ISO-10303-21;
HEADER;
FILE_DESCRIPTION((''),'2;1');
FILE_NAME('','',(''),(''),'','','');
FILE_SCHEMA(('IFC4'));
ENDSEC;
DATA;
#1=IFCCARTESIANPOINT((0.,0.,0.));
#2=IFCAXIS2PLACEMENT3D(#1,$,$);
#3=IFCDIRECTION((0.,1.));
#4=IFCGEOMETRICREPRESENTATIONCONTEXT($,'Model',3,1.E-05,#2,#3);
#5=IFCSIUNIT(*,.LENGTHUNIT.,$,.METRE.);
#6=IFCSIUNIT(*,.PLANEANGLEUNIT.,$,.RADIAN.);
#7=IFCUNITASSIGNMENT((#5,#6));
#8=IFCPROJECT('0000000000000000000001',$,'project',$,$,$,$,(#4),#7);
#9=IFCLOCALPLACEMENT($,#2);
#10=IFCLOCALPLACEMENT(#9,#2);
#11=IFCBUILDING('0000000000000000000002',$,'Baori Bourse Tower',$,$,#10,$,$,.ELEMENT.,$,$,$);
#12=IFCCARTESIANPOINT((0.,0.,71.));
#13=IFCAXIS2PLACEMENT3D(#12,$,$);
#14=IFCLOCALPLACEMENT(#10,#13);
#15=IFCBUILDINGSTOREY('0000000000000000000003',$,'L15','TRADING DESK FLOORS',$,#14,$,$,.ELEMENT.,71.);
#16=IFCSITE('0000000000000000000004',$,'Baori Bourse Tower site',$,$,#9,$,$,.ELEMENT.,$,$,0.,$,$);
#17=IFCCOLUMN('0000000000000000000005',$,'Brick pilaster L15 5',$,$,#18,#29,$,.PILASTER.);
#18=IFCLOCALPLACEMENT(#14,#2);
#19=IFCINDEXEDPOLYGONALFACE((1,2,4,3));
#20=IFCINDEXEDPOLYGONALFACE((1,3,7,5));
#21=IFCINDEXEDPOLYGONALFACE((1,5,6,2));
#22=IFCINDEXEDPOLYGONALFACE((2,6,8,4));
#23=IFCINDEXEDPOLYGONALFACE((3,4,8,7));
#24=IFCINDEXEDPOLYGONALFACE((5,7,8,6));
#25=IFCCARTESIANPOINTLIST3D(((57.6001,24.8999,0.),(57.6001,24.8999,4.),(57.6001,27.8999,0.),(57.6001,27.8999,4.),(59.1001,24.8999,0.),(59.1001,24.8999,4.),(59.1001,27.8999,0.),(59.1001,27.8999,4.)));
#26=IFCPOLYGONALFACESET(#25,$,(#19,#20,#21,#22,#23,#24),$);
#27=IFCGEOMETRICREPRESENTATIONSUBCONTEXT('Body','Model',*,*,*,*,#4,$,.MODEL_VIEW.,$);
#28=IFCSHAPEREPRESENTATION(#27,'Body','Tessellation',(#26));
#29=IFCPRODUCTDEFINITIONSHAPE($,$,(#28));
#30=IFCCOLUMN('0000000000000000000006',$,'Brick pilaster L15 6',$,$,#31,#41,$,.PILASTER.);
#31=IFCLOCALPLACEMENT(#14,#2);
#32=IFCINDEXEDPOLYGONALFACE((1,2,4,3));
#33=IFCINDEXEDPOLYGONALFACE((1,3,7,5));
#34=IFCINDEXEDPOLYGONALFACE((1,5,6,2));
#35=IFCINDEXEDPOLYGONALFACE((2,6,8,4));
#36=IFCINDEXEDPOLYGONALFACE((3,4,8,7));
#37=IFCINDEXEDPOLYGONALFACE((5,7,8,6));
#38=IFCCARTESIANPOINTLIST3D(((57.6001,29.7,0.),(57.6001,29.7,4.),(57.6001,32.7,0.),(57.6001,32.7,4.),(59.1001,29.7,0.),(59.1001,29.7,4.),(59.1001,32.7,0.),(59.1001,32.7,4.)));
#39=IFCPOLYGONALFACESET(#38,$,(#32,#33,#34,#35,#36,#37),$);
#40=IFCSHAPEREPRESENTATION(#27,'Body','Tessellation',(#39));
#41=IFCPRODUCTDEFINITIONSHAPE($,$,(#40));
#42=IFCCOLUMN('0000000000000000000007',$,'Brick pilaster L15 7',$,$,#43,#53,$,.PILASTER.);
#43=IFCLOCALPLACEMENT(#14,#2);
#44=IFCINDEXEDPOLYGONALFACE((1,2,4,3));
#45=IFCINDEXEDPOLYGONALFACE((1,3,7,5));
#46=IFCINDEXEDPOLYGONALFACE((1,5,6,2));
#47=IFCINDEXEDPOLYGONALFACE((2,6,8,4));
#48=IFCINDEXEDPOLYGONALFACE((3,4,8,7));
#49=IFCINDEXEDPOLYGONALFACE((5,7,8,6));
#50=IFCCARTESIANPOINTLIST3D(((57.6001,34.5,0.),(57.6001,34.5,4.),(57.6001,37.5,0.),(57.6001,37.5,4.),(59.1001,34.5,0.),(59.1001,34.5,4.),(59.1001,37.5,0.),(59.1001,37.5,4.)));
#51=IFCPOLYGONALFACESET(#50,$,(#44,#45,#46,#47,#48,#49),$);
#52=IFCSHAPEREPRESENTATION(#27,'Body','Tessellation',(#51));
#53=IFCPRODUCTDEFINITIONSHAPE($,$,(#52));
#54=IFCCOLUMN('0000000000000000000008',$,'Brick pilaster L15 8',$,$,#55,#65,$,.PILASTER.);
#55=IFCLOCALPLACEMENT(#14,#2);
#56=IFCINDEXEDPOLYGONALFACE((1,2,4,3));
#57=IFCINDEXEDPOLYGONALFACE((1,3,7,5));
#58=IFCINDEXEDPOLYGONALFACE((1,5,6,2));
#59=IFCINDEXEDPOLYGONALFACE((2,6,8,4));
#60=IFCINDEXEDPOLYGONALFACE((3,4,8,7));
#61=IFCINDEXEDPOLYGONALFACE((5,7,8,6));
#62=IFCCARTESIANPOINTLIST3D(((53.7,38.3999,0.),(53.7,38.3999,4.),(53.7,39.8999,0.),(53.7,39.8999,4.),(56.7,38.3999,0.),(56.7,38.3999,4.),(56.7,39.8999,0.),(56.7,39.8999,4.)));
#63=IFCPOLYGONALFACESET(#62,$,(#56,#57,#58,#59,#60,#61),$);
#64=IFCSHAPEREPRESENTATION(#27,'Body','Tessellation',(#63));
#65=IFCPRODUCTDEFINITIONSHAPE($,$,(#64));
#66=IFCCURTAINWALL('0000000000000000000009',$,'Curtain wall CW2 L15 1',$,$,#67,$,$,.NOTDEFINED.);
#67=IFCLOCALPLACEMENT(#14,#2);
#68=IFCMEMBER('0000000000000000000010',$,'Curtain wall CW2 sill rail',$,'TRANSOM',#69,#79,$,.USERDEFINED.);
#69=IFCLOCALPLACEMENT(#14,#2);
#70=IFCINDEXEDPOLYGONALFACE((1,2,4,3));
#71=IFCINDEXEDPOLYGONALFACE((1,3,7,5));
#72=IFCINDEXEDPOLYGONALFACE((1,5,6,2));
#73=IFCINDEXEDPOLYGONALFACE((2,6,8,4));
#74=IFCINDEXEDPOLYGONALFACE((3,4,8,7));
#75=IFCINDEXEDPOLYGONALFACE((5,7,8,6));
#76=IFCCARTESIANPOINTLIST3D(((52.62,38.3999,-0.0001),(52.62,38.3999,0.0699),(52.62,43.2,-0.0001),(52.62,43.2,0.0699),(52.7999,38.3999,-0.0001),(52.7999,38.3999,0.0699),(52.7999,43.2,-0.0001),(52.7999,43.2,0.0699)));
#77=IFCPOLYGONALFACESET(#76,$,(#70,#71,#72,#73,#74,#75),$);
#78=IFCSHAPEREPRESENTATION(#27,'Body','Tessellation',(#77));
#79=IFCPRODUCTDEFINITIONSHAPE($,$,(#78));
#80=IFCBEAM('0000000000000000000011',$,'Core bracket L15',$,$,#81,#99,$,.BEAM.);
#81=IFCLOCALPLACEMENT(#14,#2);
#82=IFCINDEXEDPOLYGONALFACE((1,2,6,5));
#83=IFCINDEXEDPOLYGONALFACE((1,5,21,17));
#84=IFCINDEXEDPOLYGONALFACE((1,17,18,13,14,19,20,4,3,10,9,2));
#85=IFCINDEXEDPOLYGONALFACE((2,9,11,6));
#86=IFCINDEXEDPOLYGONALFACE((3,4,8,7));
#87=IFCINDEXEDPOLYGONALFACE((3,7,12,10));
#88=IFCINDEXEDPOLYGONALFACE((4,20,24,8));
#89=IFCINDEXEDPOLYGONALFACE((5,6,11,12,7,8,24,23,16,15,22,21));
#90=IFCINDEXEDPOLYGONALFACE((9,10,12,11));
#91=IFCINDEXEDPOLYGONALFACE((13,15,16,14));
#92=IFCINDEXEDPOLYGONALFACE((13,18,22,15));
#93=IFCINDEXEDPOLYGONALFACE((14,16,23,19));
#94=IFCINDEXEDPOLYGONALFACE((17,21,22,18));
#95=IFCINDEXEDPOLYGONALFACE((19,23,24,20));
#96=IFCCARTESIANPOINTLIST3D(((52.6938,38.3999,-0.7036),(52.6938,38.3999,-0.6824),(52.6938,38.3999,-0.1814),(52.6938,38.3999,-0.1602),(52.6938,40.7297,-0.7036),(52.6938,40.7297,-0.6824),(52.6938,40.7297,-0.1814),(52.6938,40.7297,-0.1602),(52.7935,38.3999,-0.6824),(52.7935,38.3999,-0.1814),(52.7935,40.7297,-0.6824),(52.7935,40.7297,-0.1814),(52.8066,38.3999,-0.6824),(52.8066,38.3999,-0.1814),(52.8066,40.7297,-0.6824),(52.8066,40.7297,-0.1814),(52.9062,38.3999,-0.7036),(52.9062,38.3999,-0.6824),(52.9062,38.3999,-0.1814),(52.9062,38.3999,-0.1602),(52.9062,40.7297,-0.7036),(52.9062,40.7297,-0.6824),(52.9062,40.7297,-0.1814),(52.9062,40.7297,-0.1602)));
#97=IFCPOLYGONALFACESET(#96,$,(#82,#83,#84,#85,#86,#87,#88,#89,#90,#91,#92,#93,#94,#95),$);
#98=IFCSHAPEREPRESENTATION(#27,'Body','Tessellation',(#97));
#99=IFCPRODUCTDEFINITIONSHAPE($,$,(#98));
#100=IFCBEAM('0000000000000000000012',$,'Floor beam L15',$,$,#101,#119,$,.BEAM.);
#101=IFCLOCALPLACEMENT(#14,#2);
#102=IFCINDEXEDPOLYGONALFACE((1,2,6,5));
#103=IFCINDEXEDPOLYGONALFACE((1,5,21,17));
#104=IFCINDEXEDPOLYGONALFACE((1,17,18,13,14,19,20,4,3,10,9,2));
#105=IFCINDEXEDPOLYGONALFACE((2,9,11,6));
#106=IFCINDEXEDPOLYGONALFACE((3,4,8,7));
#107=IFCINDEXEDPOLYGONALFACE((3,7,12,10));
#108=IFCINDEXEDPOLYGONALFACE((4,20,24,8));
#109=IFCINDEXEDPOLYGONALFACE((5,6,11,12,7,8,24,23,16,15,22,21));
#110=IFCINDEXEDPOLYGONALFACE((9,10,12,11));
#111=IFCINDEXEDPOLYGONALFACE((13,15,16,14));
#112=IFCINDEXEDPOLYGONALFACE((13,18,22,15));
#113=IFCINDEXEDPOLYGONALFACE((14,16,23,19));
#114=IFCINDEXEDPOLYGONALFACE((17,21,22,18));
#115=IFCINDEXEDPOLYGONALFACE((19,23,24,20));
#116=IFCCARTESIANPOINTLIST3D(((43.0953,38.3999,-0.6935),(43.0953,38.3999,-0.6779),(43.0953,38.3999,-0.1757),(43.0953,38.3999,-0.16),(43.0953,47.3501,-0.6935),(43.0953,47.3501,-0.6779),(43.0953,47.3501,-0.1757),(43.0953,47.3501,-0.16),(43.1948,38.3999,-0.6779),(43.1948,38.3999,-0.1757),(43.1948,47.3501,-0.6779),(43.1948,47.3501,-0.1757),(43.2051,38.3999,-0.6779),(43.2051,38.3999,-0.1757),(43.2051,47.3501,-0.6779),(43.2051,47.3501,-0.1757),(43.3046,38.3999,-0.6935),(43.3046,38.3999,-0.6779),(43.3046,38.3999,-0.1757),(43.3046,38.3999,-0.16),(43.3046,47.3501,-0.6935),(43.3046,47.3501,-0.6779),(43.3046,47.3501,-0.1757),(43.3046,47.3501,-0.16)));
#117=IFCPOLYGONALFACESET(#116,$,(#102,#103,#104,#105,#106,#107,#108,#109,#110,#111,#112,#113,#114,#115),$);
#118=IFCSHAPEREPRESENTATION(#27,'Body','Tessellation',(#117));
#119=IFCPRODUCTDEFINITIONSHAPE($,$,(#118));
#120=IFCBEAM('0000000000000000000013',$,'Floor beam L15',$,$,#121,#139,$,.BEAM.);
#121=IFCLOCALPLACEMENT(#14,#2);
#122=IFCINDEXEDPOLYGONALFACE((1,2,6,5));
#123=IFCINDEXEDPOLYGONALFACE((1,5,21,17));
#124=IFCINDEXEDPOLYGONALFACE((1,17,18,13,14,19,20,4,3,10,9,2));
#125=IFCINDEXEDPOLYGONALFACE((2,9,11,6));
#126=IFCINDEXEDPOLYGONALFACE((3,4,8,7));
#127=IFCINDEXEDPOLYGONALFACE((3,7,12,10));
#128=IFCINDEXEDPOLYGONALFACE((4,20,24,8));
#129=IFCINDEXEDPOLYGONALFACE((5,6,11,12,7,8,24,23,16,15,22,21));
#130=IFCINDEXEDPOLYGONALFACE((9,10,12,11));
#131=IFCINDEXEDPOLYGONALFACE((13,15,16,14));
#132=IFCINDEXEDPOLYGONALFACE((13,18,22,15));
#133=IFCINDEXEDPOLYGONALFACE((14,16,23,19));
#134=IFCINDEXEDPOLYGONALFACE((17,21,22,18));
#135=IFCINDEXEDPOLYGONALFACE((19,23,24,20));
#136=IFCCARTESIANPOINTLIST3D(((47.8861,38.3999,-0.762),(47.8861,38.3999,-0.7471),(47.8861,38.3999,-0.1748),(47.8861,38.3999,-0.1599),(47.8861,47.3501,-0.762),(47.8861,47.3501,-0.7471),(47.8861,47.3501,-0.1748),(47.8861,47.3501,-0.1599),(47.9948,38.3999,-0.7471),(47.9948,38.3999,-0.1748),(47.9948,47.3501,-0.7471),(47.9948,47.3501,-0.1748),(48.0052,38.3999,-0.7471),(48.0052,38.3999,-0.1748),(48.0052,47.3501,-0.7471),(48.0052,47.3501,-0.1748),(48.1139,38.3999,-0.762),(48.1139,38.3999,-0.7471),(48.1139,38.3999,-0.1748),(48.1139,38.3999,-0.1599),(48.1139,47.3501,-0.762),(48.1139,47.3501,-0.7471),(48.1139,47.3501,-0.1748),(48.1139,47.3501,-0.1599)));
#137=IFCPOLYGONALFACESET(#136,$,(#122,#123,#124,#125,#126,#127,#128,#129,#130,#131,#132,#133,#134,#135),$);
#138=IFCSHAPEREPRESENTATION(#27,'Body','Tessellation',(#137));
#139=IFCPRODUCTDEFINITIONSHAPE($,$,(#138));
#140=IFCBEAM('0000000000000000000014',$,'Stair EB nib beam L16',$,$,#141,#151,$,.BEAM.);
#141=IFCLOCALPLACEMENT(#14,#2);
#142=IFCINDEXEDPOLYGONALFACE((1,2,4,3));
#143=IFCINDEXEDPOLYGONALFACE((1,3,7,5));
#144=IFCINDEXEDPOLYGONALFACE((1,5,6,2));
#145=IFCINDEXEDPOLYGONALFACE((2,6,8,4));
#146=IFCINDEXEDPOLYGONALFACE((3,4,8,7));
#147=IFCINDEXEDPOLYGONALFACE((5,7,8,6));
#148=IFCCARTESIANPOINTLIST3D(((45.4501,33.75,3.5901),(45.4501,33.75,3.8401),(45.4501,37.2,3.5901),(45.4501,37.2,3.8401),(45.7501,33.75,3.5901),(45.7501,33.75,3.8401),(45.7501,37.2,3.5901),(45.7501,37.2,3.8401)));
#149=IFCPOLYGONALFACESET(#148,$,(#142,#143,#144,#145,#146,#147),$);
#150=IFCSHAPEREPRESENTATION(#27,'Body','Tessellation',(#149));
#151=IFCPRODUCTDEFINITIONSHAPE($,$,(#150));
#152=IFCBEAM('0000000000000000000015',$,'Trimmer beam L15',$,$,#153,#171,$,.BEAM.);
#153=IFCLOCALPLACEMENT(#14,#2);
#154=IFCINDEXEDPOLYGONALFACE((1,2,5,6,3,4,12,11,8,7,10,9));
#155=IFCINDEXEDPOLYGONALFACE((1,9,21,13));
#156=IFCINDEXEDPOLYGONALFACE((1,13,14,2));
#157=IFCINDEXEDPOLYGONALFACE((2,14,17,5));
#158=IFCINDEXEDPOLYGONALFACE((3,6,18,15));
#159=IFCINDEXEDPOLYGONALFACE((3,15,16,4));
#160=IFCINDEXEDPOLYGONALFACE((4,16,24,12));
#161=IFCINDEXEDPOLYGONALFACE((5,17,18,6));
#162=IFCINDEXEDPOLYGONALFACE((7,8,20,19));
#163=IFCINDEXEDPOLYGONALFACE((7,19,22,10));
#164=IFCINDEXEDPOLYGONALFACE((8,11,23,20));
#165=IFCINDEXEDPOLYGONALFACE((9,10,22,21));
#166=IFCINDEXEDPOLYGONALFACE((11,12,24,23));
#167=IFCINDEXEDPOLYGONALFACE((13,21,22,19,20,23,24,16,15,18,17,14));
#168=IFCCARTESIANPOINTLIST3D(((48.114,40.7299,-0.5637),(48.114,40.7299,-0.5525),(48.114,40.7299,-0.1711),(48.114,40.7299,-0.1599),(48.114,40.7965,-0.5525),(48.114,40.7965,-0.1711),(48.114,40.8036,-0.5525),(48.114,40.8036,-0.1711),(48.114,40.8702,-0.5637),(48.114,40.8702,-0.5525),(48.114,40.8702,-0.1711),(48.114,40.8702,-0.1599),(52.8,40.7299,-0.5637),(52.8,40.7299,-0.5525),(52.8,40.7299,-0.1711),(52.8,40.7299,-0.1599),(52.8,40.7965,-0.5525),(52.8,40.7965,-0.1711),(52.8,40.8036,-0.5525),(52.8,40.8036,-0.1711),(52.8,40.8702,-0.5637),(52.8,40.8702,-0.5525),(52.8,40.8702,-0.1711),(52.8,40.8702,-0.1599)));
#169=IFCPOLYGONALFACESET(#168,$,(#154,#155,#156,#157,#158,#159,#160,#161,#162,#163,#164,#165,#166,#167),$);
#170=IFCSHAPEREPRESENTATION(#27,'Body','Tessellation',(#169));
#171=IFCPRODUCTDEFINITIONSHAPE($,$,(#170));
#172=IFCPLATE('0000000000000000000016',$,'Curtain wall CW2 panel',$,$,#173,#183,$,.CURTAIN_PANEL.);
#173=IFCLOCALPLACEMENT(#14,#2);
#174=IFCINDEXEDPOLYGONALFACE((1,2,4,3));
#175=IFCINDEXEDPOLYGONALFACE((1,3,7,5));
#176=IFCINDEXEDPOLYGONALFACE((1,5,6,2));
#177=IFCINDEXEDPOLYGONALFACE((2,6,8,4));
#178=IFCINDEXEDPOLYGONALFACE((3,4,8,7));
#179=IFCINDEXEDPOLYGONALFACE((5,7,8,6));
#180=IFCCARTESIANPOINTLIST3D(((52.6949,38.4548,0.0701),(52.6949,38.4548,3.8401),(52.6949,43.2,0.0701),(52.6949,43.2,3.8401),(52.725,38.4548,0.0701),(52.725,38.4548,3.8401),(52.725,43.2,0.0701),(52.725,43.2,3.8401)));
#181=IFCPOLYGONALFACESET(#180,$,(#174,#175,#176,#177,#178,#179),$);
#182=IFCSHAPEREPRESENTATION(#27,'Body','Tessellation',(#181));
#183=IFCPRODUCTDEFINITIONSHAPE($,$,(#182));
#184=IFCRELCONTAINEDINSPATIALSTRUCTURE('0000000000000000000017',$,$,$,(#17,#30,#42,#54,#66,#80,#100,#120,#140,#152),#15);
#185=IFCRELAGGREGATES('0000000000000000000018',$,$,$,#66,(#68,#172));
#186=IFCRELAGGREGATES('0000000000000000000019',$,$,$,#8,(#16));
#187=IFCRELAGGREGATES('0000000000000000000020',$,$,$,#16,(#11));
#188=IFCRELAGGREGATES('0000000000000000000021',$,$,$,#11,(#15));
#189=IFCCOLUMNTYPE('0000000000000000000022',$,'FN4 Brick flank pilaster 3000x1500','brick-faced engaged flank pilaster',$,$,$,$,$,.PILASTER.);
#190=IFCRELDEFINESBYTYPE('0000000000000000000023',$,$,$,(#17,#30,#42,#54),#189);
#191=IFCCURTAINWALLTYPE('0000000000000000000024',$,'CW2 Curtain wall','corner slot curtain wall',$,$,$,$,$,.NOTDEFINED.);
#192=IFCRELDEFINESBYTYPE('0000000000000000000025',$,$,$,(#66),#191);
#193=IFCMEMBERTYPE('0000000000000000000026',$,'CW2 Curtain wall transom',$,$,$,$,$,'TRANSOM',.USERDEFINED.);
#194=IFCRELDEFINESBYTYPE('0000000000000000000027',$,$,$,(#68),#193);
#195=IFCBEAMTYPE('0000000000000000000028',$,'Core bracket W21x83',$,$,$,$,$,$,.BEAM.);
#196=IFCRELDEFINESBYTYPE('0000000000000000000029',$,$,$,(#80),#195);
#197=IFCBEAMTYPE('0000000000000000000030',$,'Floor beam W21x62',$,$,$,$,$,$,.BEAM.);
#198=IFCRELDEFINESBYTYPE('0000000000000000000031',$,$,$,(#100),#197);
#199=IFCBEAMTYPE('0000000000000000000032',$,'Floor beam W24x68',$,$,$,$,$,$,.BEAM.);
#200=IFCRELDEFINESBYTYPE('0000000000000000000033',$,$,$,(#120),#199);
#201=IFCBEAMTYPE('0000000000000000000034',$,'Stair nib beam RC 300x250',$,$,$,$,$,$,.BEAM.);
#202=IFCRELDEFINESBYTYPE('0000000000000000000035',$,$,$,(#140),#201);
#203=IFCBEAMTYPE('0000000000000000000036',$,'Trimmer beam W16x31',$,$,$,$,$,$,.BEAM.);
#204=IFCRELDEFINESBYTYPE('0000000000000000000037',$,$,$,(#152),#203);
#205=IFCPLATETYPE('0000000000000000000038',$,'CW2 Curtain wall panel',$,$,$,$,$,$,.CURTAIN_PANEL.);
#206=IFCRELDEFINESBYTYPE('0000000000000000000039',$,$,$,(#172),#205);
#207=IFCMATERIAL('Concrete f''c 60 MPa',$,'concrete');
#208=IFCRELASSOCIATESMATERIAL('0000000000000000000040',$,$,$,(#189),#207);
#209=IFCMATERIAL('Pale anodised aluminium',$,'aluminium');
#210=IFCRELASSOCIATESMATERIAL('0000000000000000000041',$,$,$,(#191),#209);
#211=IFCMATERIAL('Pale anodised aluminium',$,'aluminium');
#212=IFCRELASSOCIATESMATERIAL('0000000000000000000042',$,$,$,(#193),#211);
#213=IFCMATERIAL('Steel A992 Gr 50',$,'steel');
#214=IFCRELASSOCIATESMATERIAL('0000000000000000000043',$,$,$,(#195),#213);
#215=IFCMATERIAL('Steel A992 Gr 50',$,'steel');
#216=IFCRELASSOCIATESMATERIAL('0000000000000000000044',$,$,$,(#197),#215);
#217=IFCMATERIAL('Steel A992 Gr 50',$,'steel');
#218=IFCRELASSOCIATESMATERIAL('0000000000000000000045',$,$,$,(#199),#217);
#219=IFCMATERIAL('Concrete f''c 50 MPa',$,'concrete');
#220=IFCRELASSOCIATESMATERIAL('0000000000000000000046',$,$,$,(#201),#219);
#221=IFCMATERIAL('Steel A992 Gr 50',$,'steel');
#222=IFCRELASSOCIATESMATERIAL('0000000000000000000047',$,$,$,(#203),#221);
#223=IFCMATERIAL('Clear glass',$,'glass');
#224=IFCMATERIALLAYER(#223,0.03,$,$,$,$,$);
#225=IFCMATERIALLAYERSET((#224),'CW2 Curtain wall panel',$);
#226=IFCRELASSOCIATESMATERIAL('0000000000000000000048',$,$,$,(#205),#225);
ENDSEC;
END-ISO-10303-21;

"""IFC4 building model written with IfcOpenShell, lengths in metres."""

from ifc_helpers import new_model, si_unit, direction, frame, origin, origin_2d, place, context, subcontext, project, spatial, rectangle, i_section, extrude, material, layer, layer_set, material_profile, profile_set, type_object, element, aggregate, save


model = new_model("IFC4")

# Units and contexts
model_context = context("Model", 3, precision=1e-05, world=origin(), true_north=direction((0.0, 1.0)))
body_context = subcontext(model_context, "Body", "Model", "MODEL_VIEW")
ifc_project = project(units=[si_unit("LENGTHUNIT", "METRE"), si_unit("PLANEANGLEUNIT", "RADIAN")], contexts=[model_context])

# Site, building, storey
site_placement = place(None, origin())
site = spatial("IfcSite", under=ifc_project, at=site_placement, Name="Baori Bourse Tower site", CompositionType="ELEMENT", RefElevation=0.0)
building_placement = place(site_placement, origin())
building = spatial("IfcBuilding", under=site, at=building_placement, Name="Baori Bourse Tower", CompositionType="ELEMENT")
storey_placement = place(building_placement, frame((0.0, 0.0, 71.0)))
storey = spatial("IfcBuildingStorey", under=building, at=storey_placement, Name="L15", Description="TRADING DESK FLOORS", CompositionType="ELEMENT", Elevation=71.0)

# Columns
ifc_material_1 = material(Name="Concrete f'c 60 MPa", Category="concrete")
ifc_material_profile_1 = material_profile(ifc_material_1, rectangle(XDim=3.0, YDim=1.5, at=origin_2d()), Name="RC 3000x1500")
ifc_profile_set_1 = profile_set([ifc_material_profile_1], Name="Concrete f'c 60 MPa")
column_type = type_object("IfcColumnType", Name="FN4 Brick flank pilaster 3000x1500", Description="brick-faced engaged flank pilaster", PredefinedType="PILASTER", material=ifc_profile_set_1)
for number, where, z_axis, x_axis, name in (
    (1, (58.3501, 26.3999, 0.0), (0.0, 0.0, 1.0), (0.0, 1.0, 0.0), "Brick pilaster L15 5"),
    (2, (58.3501, 31.2, 0.0), (0.0, 0.0, 1.0), (0.0, 1.0, 0.0), "Brick pilaster L15 6"),
    (3, (58.3501, 36.0, 0.0), (0.0, 0.0, 1.0), (0.0, 1.0, 0.0), "Brick pilaster L15 7"),
    (4, (55.2, 39.1499, 0.0), (0.0, 0.0, 1.0), (1.0, 0.0, 0.0), "Brick pilaster L15 8"),
):
    element("IfcColumn", number, at=place(storey_placement, frame(where, z_axis=z_axis, x_axis=x_axis)), inside=storey, type_object=column_type, Name=name, PredefinedType="PILASTER", context=body_context, shape_type="SweptSolid", body=[
        extrude(rectangle(XDim=3.0, YDim=1.5, at=origin_2d()), origin(), (0.0, 0.0, 1.0), 4.0),
    ])

# Curtain wall, member
ifc_material_2 = material(Name="Pale anodised aluminium", Category="aluminium")
curtain_wall_type = type_object("IfcCurtainWallType", Name="CW2 Curtain wall", Description="corner slot curtain wall", PredefinedType="NOTDEFINED", material=ifc_material_2)
curtain_wall_placement = place(storey_placement, origin())
curtain_wall = element("IfcCurtainWall", 5, at=curtain_wall_placement, inside=storey, type_object=curtain_wall_type, Name="Curtain wall CW2 L15 1", PredefinedType="NOTDEFINED")
ifc_material_3 = material(Name="Pale anodised aluminium", Category="aluminium")
ifc_material_profile_2 = material_profile(ifc_material_3, rectangle(XDim=0.1799, YDim=0.0701, at=origin_2d()), Name="Transom 70x180")
ifc_profile_set_2 = profile_set([ifc_material_profile_2], Name="Pale anodised aluminium")
member_type = type_object("IfcMemberType", Name="CW2 Curtain wall transom", ElementType="TRANSOM", PredefinedType="USERDEFINED", material=ifc_profile_set_2)
member_placement = place(storey_placement, frame((52.71, 38.3999, 0.0349), z_axis=(0.0, 1.0, 0.0), x_axis=(-1.0, 0.0, 0.0)))
member = element("IfcMember", 6, at=member_placement, type_object=member_type, Name="Curtain wall CW2 sill rail", ObjectType="TRANSOM", PredefinedType="USERDEFINED", context=body_context, shape_type="SweptSolid", body=[
    extrude(rectangle(XDim=0.1799, YDim=0.0701, at=origin_2d()), origin(), (0.0, 0.0, 1.0), 4.8),
])

# Beams
ifc_material_4 = material(Name="Steel A992 Gr 50", Category="steel")
ifc_material_profile_3 = material_profile(ifc_material_4, i_section(OverallWidth=0.2124, OverallDepth=0.5435, WebThickness=0.0132, FlangeThickness=0.0212, at=origin_2d()), Name="W21x83")
ifc_profile_set_3 = profile_set([ifc_material_profile_3], Name="Steel A992 Gr 50")
beam_type_1 = type_object("IfcBeamType", Name="Core bracket W21x83", PredefinedType="BEAM", material=ifc_profile_set_3)
beam_1_placement = place(storey_placement, frame((52.8, 38.3999, -0.4319), z_axis=(0.0, 1.0, 0.0), x_axis=(-1.0, 0.0, 0.0)))
element("IfcBeam", 7, at=beam_1_placement, inside=storey, type_object=beam_type_1, Name="Core bracket L15", PredefinedType="BEAM", context=body_context, shape_type="SweptSolid", body=[
    extrude(i_section(OverallWidth=0.2124, OverallDepth=0.5435, WebThickness=0.0132, FlangeThickness=0.0212, at=origin_2d()), origin(), (0.0, 0.0, 1.0), 2.3298),
])
ifc_material_5 = material(Name="Steel A992 Gr 50", Category="steel")
ifc_material_profile_4 = material_profile(ifc_material_5, i_section(OverallWidth=0.2092, OverallDepth=0.5334, WebThickness=0.0103, FlangeThickness=0.0156, at=origin_2d()), Name="W21x62")
ifc_profile_set_4 = profile_set([ifc_material_profile_4], Name="Steel A992 Gr 50")
beam_type_2 = type_object("IfcBeamType", Name="Floor beam W21x62", PredefinedType="BEAM", material=ifc_profile_set_4)
beam_2_placement = place(storey_placement, frame((43.2, 38.3999, -0.4268), z_axis=(0.0, 1.0, 0.0), x_axis=(-1.0, 0.0, 0.0)))
element("IfcBeam", 8, at=beam_2_placement, inside=storey, type_object=beam_type_2, Name="Floor beam L15", PredefinedType="BEAM", context=body_context, shape_type="SweptSolid", body=[
    extrude(i_section(OverallWidth=0.2092, OverallDepth=0.5334, WebThickness=0.0103, FlangeThickness=0.0156, at=origin_2d()), origin(), (0.0, 0.0, 1.0), 8.9502),
])
ifc_material_6 = material(Name="Steel A992 Gr 50", Category="steel")
ifc_material_profile_5 = material_profile(ifc_material_6, i_section(OverallWidth=0.2278, OverallDepth=0.6021, WebThickness=0.0105, FlangeThickness=0.0149, at=origin_2d()), Name="W24x68")
ifc_profile_set_5 = profile_set([ifc_material_profile_5], Name="Steel A992 Gr 50")
beam_type_3 = type_object("IfcBeamType", Name="Floor beam W24x68", PredefinedType="BEAM", material=ifc_profile_set_5)
beam_3_placement = place(storey_placement, frame((48.0, 38.3999, -0.4609), z_axis=(0.0, 1.0, 0.0), x_axis=(-1.0, 0.0, 0.0)))
element("IfcBeam", 9, at=beam_3_placement, inside=storey, type_object=beam_type_3, Name="Floor beam L15", PredefinedType="BEAM", context=body_context, shape_type="SweptSolid", body=[
    extrude(i_section(OverallWidth=0.2278, OverallDepth=0.6021, WebThickness=0.0105, FlangeThickness=0.0149, at=origin_2d()), origin(), (0.0, 0.0, 1.0), 8.9502),
])
ifc_material_7 = material(Name="Concrete f'c 50 MPa", Category="concrete")
ifc_material_profile_6 = material_profile(ifc_material_7, rectangle(XDim=0.3, YDim=0.25, at=origin_2d()), Name="RC 300x250")
ifc_profile_set_6 = profile_set([ifc_material_profile_6], Name="Concrete f'c 50 MPa")
beam_type_4 = type_object("IfcBeamType", Name="Stair nib beam RC 300x250", PredefinedType="BEAM", material=ifc_profile_set_6)
beam_4_placement = place(storey_placement, frame((45.6001, 33.75, 3.7151), z_axis=(0.0, 1.0, 0.0), x_axis=(-1.0, 0.0, 0.0)))
element("IfcBeam", 10, at=beam_4_placement, inside=storey, type_object=beam_type_4, Name="Stair EB nib beam L16", PredefinedType="BEAM", context=body_context, shape_type="SweptSolid", body=[
    extrude(rectangle(XDim=0.3, YDim=0.25, at=origin_2d()), origin(), (0.0, 0.0, 1.0), 3.45),
])
ifc_material_8 = material(Name="Steel A992 Gr 50", Category="steel")
ifc_material_profile_7 = material_profile(ifc_material_8, i_section(OverallWidth=0.1404, OverallDepth=0.4038, WebThickness=0.0071, FlangeThickness=0.0112, at=origin_2d()), Name="W16x31")
ifc_profile_set_7 = profile_set([ifc_material_profile_7], Name="Steel A992 Gr 50")
beam_type_5 = type_object("IfcBeamType", Name="Trimmer beam W16x31", PredefinedType="BEAM", material=ifc_profile_set_7)
beam_5_placement = place(storey_placement, frame((48.114, 40.8, -0.3618), z_axis=(1.0, 0.0, 0.0), x_axis=(0.0, 1.0, 0.0)))
element("IfcBeam", 11, at=beam_5_placement, inside=storey, type_object=beam_type_5, Name="Trimmer beam L15", PredefinedType="BEAM", context=body_context, shape_type="SweptSolid", body=[
    extrude(i_section(OverallWidth=0.1404, OverallDepth=0.4038, WebThickness=0.0071, FlangeThickness=0.0112, at=origin_2d()), origin(), (0.0, 0.0, 1.0), 4.686),
])

# Plate
ifc_material_9 = material(Name="Clear glass", Category="glass")
ifc_layer_1 = layer(ifc_material_9, 0.03)
ifc_layer_set_1 = layer_set([ifc_layer_1], Name="CW2 Curtain wall panel")
plate_type = type_object("IfcPlateType", Name="CW2 Curtain wall panel", PredefinedType="CURTAIN_PANEL", material=ifc_layer_set_1)
plate_placement = place(storey_placement, frame((52.71, 40.8274, 0.0701), z_axis=(0.0, 0.0, 1.0), x_axis=(0.0, 1.0, 0.0)))
plate = element("IfcPlate", 12, at=plate_placement, type_object=plate_type, Name="Curtain wall CW2 panel", PredefinedType="CURTAIN_PANEL", context=body_context, shape_type="SweptSolid", body=[
    extrude(rectangle(XDim=4.7451, YDim=0.03, at=origin_2d()), origin(), (0.0, 0.0, 1.0), 3.77),
])
aggregate(curtain_wall, [member, plate])

save(model, "model.ifc")
